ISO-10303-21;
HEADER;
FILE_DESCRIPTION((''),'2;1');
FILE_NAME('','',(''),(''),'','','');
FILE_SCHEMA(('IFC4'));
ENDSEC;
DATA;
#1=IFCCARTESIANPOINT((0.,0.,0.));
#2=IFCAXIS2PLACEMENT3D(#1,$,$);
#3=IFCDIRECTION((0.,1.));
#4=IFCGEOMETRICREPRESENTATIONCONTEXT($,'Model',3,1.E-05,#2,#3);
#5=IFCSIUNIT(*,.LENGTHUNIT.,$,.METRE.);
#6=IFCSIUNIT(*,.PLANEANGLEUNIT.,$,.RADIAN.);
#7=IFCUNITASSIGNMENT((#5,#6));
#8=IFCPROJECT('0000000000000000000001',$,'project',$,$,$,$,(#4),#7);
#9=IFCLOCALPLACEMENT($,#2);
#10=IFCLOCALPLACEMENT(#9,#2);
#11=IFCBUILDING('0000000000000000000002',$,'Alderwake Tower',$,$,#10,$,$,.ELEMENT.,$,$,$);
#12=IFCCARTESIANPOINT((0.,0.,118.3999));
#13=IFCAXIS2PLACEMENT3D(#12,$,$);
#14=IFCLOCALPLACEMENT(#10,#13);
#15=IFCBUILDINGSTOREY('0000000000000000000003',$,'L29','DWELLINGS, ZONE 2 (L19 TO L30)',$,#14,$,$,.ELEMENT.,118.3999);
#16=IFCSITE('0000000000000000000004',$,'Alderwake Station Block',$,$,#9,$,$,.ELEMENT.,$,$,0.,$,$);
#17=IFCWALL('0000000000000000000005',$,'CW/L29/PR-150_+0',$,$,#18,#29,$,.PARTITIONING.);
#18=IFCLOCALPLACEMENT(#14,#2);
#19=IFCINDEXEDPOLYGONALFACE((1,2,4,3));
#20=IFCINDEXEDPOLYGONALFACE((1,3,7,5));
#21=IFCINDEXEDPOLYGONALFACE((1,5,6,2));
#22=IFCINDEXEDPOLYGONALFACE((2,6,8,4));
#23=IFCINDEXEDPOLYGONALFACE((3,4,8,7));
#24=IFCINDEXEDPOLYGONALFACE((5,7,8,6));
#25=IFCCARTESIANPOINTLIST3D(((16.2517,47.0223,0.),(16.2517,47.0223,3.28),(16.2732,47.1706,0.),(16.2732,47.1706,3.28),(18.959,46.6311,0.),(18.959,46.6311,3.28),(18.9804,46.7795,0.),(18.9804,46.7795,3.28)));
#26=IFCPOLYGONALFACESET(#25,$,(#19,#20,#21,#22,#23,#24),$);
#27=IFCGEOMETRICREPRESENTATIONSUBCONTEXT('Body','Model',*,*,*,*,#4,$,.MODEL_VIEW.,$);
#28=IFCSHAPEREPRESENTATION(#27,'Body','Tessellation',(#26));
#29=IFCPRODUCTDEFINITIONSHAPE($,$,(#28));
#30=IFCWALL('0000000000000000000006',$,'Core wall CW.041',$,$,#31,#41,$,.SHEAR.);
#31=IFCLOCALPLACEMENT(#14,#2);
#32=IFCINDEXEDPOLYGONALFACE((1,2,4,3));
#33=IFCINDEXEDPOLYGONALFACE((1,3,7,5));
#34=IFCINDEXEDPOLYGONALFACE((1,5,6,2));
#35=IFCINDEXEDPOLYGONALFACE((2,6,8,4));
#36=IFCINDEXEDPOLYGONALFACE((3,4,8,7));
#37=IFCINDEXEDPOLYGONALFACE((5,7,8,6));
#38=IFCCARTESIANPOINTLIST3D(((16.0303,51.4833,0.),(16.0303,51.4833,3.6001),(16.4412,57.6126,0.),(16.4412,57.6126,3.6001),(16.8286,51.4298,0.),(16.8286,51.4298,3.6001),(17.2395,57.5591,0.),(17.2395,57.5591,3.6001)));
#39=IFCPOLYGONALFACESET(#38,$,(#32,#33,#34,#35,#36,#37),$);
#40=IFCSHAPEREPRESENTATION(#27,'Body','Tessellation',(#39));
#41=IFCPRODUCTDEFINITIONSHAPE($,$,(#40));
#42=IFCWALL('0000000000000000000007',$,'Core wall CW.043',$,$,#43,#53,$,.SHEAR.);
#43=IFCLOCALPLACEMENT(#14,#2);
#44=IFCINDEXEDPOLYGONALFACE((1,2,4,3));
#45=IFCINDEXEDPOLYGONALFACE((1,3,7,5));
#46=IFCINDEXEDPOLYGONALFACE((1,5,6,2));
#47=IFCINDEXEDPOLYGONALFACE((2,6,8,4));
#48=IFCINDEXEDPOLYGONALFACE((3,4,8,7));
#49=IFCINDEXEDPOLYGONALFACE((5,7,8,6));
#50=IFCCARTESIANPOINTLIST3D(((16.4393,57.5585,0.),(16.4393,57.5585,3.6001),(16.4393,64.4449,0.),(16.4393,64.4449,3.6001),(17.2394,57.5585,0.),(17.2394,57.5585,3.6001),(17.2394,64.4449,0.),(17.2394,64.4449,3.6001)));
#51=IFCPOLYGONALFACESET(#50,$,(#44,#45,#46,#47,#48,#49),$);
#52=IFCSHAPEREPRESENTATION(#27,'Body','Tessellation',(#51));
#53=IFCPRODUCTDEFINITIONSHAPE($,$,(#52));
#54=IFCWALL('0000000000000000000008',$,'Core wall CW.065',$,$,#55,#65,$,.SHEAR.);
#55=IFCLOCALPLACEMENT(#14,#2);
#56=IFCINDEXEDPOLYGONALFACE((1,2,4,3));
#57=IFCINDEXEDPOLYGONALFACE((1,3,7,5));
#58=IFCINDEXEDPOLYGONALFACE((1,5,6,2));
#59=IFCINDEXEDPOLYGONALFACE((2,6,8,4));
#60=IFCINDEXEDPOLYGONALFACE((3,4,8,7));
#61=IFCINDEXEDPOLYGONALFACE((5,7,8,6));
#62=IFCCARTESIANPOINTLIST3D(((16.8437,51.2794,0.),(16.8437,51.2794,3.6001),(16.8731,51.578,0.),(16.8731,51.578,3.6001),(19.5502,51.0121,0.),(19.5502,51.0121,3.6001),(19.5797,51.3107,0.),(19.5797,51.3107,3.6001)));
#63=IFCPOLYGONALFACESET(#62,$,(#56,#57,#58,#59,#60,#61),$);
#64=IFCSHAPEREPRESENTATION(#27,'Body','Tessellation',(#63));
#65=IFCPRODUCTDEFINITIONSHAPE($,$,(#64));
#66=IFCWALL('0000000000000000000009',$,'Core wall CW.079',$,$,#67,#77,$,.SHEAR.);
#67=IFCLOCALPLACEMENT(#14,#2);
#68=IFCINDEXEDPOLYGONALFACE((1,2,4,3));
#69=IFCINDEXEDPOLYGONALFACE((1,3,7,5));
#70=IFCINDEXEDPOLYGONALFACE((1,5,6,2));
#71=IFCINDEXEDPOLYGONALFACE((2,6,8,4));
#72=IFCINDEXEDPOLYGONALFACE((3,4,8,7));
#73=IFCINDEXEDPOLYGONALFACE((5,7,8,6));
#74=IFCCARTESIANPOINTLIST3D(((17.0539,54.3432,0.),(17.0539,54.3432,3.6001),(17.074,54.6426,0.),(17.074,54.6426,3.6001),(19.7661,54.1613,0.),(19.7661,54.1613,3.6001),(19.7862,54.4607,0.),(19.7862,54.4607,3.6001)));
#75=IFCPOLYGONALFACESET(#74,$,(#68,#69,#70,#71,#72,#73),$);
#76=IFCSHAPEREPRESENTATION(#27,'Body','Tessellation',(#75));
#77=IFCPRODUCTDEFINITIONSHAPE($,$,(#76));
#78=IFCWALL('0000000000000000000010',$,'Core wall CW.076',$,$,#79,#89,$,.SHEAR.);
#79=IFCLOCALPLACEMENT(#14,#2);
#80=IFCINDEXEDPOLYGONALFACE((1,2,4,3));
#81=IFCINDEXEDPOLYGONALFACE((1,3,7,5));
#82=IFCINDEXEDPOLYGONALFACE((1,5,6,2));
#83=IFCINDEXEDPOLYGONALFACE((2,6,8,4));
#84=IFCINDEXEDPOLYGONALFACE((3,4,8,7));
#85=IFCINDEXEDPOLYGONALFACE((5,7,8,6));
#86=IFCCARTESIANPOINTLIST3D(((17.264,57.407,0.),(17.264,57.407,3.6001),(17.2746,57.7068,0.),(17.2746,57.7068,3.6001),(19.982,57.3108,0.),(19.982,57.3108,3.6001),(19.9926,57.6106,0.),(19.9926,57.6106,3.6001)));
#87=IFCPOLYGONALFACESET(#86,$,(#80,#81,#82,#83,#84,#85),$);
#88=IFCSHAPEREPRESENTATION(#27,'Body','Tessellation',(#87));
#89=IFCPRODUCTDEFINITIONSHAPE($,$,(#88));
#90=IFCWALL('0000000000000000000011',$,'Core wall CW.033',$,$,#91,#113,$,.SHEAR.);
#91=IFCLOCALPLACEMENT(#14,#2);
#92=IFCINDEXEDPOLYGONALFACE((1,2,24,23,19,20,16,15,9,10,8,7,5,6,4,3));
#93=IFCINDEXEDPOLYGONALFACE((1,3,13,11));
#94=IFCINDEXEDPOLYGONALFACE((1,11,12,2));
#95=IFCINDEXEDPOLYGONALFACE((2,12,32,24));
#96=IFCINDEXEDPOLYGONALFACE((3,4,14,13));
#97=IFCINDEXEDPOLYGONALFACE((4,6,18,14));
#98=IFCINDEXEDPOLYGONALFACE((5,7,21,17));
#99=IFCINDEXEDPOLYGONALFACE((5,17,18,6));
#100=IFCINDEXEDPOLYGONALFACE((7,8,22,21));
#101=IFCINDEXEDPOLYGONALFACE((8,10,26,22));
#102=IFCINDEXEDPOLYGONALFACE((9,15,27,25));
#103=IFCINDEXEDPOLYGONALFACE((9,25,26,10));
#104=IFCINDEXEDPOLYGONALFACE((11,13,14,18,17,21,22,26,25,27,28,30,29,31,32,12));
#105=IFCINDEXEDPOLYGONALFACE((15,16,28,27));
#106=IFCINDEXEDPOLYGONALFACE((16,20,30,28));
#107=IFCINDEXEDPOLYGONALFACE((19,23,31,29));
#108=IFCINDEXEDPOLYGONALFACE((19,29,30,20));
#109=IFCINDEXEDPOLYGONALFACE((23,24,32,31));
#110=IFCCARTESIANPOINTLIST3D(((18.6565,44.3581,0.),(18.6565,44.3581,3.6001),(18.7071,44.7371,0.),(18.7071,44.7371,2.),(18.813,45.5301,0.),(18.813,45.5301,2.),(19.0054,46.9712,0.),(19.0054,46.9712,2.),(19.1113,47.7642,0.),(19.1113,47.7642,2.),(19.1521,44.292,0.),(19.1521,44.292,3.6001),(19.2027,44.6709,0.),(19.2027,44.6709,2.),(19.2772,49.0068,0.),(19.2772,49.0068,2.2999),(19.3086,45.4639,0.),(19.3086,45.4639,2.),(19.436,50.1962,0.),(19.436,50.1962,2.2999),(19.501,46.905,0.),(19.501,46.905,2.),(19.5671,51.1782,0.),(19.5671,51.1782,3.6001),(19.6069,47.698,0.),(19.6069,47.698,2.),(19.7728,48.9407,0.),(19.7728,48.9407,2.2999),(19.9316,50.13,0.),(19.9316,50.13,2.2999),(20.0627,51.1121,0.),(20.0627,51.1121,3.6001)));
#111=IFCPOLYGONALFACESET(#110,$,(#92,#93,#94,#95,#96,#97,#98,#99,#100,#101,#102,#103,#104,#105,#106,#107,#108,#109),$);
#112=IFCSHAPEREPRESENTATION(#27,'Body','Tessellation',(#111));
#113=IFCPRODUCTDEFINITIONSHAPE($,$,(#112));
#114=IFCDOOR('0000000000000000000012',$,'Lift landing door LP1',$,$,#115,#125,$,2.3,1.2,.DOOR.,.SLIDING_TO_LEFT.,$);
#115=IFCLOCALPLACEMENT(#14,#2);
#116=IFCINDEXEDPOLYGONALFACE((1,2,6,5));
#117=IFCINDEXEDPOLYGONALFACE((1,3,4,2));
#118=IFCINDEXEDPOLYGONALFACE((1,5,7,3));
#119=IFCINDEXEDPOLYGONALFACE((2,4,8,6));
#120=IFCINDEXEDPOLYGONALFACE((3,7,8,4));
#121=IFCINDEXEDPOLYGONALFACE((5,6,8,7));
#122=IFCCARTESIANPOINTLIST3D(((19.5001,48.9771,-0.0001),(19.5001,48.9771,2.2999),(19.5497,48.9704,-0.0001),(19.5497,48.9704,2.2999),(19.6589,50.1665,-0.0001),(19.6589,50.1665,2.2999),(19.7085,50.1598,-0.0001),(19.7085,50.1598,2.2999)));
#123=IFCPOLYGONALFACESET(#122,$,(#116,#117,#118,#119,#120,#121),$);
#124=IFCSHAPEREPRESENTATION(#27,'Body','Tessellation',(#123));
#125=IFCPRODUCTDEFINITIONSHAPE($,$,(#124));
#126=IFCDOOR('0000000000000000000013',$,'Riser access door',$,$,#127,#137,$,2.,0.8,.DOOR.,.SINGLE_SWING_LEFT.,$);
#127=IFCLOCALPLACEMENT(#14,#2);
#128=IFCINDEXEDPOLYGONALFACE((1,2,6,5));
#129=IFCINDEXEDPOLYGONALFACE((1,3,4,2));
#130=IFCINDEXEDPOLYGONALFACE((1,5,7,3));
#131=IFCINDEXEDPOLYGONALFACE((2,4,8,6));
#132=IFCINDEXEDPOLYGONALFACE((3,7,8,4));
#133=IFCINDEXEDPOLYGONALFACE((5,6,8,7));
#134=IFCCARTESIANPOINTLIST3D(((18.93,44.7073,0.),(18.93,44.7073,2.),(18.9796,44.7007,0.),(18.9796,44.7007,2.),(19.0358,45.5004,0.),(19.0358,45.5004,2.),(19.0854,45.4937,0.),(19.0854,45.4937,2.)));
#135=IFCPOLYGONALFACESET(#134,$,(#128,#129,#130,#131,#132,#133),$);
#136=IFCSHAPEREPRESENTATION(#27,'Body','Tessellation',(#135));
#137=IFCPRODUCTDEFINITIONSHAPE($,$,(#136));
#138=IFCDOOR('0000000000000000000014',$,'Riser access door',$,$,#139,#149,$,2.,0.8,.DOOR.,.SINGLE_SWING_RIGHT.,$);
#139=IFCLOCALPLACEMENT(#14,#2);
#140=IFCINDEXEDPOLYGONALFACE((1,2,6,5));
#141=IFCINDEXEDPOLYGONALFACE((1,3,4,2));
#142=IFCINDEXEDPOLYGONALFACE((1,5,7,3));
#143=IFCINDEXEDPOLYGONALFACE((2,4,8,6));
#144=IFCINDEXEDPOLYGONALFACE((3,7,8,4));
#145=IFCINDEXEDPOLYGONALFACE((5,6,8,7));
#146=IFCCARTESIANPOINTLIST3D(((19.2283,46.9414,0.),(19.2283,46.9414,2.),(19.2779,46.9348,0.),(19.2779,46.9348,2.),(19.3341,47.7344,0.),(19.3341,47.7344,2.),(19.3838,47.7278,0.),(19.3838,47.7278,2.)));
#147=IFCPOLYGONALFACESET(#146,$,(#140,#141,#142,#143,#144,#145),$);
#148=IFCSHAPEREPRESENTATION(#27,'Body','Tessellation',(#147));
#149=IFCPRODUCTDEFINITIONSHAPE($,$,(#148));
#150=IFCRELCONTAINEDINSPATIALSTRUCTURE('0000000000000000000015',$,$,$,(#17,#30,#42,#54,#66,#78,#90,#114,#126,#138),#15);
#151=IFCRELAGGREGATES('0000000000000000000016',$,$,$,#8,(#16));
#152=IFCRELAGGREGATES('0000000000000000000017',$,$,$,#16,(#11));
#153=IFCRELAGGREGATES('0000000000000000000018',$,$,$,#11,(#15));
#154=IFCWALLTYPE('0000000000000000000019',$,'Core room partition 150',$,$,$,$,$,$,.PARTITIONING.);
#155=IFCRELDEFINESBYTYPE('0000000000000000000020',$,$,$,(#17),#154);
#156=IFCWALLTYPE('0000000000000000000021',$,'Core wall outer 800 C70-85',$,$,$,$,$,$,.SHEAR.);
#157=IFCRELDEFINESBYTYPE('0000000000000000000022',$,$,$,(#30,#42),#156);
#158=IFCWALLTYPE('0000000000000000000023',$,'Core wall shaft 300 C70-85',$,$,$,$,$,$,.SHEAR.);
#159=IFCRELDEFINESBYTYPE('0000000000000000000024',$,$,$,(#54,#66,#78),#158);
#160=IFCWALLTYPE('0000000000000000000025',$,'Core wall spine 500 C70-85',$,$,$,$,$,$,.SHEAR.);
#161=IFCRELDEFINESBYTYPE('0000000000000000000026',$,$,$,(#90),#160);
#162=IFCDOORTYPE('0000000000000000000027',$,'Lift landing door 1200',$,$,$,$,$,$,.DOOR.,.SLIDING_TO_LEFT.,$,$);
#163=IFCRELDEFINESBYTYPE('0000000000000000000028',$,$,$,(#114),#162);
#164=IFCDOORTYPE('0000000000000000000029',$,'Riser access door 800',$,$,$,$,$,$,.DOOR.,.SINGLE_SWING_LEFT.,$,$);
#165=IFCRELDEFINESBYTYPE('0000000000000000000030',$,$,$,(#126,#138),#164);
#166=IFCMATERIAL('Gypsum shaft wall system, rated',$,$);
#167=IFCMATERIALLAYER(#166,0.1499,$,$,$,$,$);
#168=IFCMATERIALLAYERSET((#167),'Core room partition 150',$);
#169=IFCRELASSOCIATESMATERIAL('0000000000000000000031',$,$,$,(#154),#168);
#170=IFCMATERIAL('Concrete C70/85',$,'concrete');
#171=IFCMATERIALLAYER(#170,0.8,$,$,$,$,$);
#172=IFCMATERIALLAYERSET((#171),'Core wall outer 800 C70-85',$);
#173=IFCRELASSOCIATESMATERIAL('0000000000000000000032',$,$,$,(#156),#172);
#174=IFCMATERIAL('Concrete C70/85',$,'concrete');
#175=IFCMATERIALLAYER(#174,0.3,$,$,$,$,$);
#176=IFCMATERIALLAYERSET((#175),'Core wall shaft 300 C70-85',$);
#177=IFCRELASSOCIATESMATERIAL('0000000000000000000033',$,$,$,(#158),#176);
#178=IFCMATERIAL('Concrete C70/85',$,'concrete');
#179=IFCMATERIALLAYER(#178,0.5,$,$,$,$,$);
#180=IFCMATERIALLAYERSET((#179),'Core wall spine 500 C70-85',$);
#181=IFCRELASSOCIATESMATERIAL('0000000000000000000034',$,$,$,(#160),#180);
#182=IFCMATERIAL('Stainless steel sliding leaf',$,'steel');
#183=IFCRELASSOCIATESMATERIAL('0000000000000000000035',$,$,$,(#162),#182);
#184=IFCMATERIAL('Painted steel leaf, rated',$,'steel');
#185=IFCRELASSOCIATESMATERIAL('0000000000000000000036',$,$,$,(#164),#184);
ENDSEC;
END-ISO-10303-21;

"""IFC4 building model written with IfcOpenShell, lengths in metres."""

from ifc_helpers import new_model, si_unit, direction, frame, frame_2d, origin, place, context, subcontext, project, spatial, rectangle, extrude, material, layer, layer_set, type_object, element, fill, save


model = new_model("IFC4")

# Units and contexts
model_context = context("Model", 3, precision=1e-05, world=origin(), true_north=direction((0.0, 1.0)))
body_context = subcontext(model_context, "Body", "Model", "MODEL_VIEW")
ifc_project = project(units=[si_unit("LENGTHUNIT", "METRE"), si_unit("PLANEANGLEUNIT", "RADIAN")], contexts=[model_context])

# Site, building, storey
site_placement = place(None, origin())
site = spatial("IfcSite", under=ifc_project, at=site_placement, Name="Alderwake Station Block", CompositionType="ELEMENT", RefElevation=0.0)
building_placement = place(site_placement, origin())
building = spatial("IfcBuilding", under=site, at=building_placement, Name="Alderwake Tower", CompositionType="ELEMENT")
storey_placement = place(building_placement, frame((0.0, 0.0, 118.3999)))
storey = spatial("IfcBuildingStorey", under=building, at=storey_placement, Name="L29", Description="DWELLINGS, ZONE 2 (L19 TO L30)", CompositionType="ELEMENT", Elevation=118.3999)

# Walls
ifc_material_1 = material(Name="Gypsum shaft wall system, rated")
ifc_layer_1 = layer(ifc_material_1, 0.1499)
ifc_layer_set_1 = layer_set([ifc_layer_1], Name="Core room partition 150")
wall_type_1 = type_object("IfcWallType", Name="Core room partition 150", PredefinedType="PARTITIONING", material=ifc_layer_set_1)
wall_1_placement = place(storey_placement, frame((16.2625, 47.0964, 0.0), z_axis=(0.0, 0.0, 1.0), x_axis=(0.989725, -0.142983, 0.0)))
element("IfcWall", 1, at=wall_1_placement, inside=storey, type_object=wall_type_1, Name="CW/L29/PR-150_+0", PredefinedType="PARTITIONING", context=body_context, shape_type="SweptSolid", body=[
    extrude(rectangle(XDim=2.7354, YDim=0.1499, at=frame_2d((1.3677, 0.0))), origin(), (0.0, 0.0, 1.0), 3.28),
])
ifc_material_2 = material(Name="Concrete C70/85", Category="concrete")
ifc_layer_2 = layer(ifc_material_2, 0.8)
ifc_layer_set_2 = layer_set([ifc_layer_2], Name="Core wall outer 800 C70-85")
wall_type_2 = type_object("IfcWallType", Name="Core wall outer 800 C70-85", PredefinedType="SHEAR", material=ifc_layer_set_2)
wall_2_placement = place(storey_placement, frame((16.4294, 51.4565, 0.0), z_axis=(0.0, 0.0, 1.0), x_axis=(0.066886, 0.997761, 0.0)))
element("IfcWall", 2, at=wall_2_placement, inside=storey, type_object=wall_type_2, Name="Core wall CW.041", PredefinedType="SHEAR", context=body_context, shape_type="SweptSolid", body=[
    extrude(rectangle(XDim=6.1431, YDim=0.8, at=frame_2d((3.0715, 0.0))), origin(), (0.0, 0.0, 1.0), 3.6001),
])
wall_3_placement = place(storey_placement, frame((16.8394, 57.5583, 0.0), z_axis=(0.0, 0.0, 1.0), x_axis=(0.0, 1.0, 0.0)))
element("IfcWall", 3, at=wall_3_placement, inside=storey, type_object=wall_type_2, Name="Core wall CW.043", PredefinedType="SHEAR", context=body_context, shape_type="SweptSolid", body=[
    extrude(rectangle(XDim=6.8865, YDim=0.8, at=frame_2d((3.4434, 0.0))), origin(), (0.0, 0.0, 1.0), 3.6001),
])
ifc_material_3 = material(Name="Concrete C70/85", Category="concrete")
ifc_layer_3 = layer(ifc_material_3, 0.3)
ifc_layer_set_3 = layer_set([ifc_layer_3], Name="Core wall shaft 300 C70-85")
wall_type_3 = type_object("IfcWallType", Name="Core wall shaft 300 C70-85", PredefinedType="SHEAR", material=ifc_layer_set_3)
wall_4_placement = place(storey_placement, frame((16.8584, 51.4287, 0.0), z_axis=(0.0, 0.0, 1.0), x_axis=(0.995157, -0.098295, 0.0)))
element("IfcWall", 4, at=wall_4_placement, inside=storey, type_object=wall_type_3, Name="Core wall CW.065", PredefinedType="SHEAR", context=body_context, shape_type="SweptSolid", body=[
    extrude(rectangle(XDim=2.7197, YDim=0.3, at=frame_2d((1.3599, 0.0))), origin(), (0.0, 0.0, 1.0), 3.6001),
])
wall_5_placement = place(storey_placement, frame((17.064, 54.4929, 0.0), z_axis=(0.0, 0.0, 1.0), x_axis=(0.997759, -0.066912, 0.0)))
element("IfcWall", 5, at=wall_5_placement, inside=storey, type_object=wall_type_3, Name="Core wall CW.079", PredefinedType="SHEAR", context=body_context, shape_type="SweptSolid", body=[
    extrude(rectangle(XDim=2.7183, YDim=0.3, at=frame_2d((1.3591, 0.0))), origin(), (0.0, 0.0, 1.0), 3.6001),
])
wall_6_placement = place(storey_placement, frame((17.2693, 57.5569, 0.0), z_axis=(0.0, 0.0, 1.0), x_axis=(0.999374, -0.035368, 0.0)))
element("IfcWall", 6, at=wall_6_placement, inside=storey, type_object=wall_type_3, Name="Core wall CW.076", PredefinedType="SHEAR", context=body_context, shape_type="SweptSolid", body=[
    extrude(rectangle(XDim=2.7197, YDim=0.3, at=frame_2d((1.3599, 0.0))), origin(), (0.0, 0.0, 1.0), 3.6001),
])

# Wall, openings, doors
ifc_material_4 = material(Name="Concrete C70/85", Category="concrete")
ifc_layer_4 = layer(ifc_material_4, 0.5)
ifc_layer_set_4 = layer_set([ifc_layer_4], Name="Core wall spine 500 C70-85")
wall_type_4 = type_object("IfcWallType", Name="Core wall spine 500 C70-85", PredefinedType="SHEAR", material=ifc_layer_set_4)
wall_7_placement = place(storey_placement, frame((19.8149, 51.1453, 0.0), z_axis=(0.0, 0.0, 1.0), x_axis=(-0.13235, -0.991203, 0.0)))
wall_7 = element("IfcWall", 7, at=wall_7_placement, inside=storey, type_object=wall_type_4, Name="Core wall CW.033", PredefinedType="SHEAR", context=body_context, shape_type="SweptSolid", body=[
    extrude(rectangle(XDim=6.8806, YDim=0.5, at=frame_2d((3.4404, 0.0))), origin(), (0.0, 0.0, 1.0), 3.6001),
])
opening_1_placement = place(wall_7_placement, frame((0.9907, 0.0, 0.0)))
opening_1 = element("IfcOpeningElement", 8, at=opening_1_placement, cuts=wall_7, PredefinedType="OPENING", context=body_context, shape_type="SweptSolid", body=[
    extrude(rectangle(XDim=1.2, YDim=2.3, at=frame_2d((0.6001, 1.1499))), frame((0.0, 0.26, 0.0), z_axis=(0.0, -1.0, 0.0), x_axis=(1.0, 0.0, 0.0)), (0.0, 0.0, 1.0), 0.52),
])
opening_2_placement = place(wall_7_placement, frame((5.6985, 0.0, 0.0)))
opening_2 = element("IfcOpeningElement", 9, at=opening_2_placement, cuts=wall_7, PredefinedType="OPENING", context=body_context, shape_type="SweptSolid", body=[
    extrude(rectangle(XDim=0.8, YDim=2.0, at=frame_2d((0.3999, 1.0))), frame((0.0, 0.26, 0.0), z_axis=(0.0, -1.0, 0.0), x_axis=(1.0, 0.0, 0.0)), (0.0, 0.0, 1.0), 0.52),
])
opening_3_placement = place(wall_7_placement, frame((3.4446, 0.0, 0.0)))
opening_3 = element("IfcOpeningElement", 10, at=opening_3_placement, cuts=wall_7, PredefinedType="OPENING", context=body_context, shape_type="SweptSolid", body=[
    extrude(rectangle(XDim=0.8, YDim=2.0, at=frame_2d((0.3999, 1.0))), frame((0.0, 0.26, 0.0), z_axis=(0.0, -1.0, 0.0), x_axis=(1.0, 0.0, 0.0)), (0.0, 0.0, 1.0), 0.52),
])
ifc_material_5 = material(Name="Stainless steel sliding leaf", Category="steel")
door_type_1 = type_object("IfcDoorType", Name="Lift landing door 1200", OperationType="SLIDING_TO_LEFT", PredefinedType="DOOR", material=ifc_material_5)
door_1_placement = place(opening_1_placement, origin())
door_1 = element("IfcDoor", 11, at=door_1_placement, inside=storey, type_object=door_type_1, Name="Lift landing door LP1", OperationType="SLIDING_TO_LEFT", OverallHeight=2.3, OverallWidth=1.2, PredefinedType="DOOR", context=body_context, shape_type="SweptSolid", body=[
    extrude(rectangle(XDim=1.2, YDim=2.3, at=frame_2d((0.6001, 1.1499))), frame((0.0, 0.0249, 0.0), z_axis=(0.0, -1.0, 0.0), x_axis=(1.0, 0.0, 0.0)), (0.0, 0.0, 1.0), 0.05),
])
fill(opening_1, door_1)
ifc_material_6 = material(Name="Painted steel leaf, rated", Category="steel")
door_type_2 = type_object("IfcDoorType", Name="Riser access door 800", OperationType="SINGLE_SWING_LEFT", PredefinedType="DOOR", material=ifc_material_6)
door_2_placement = place(opening_2_placement, origin())
door_2 = element("IfcDoor", 12, at=door_2_placement, inside=storey, type_object=door_type_2, Name="Riser access door", OperationType="SINGLE_SWING_LEFT", OverallHeight=2.0, OverallWidth=0.8, PredefinedType="DOOR", context=body_context, shape_type="SweptSolid", body=[
    extrude(rectangle(XDim=0.8, YDim=2.0, at=frame_2d((0.3999, 1.0))), frame((0.0, 0.0249, 0.0), z_axis=(0.0, -1.0, 0.0), x_axis=(1.0, 0.0, 0.0)), (0.0, 0.0, 1.0), 0.05),
])
fill(opening_2, door_2)
door_3_placement = place(opening_3_placement, origin())
door_3 = element("IfcDoor", 13, at=door_3_placement, inside=storey, type_object=door_type_2, Name="Riser access door", OperationType="SINGLE_SWING_RIGHT", OverallHeight=2.0, OverallWidth=0.8, PredefinedType="DOOR", context=body_context, shape_type="SweptSolid", body=[
    extrude(rectangle(XDim=0.8, YDim=2.0, at=frame_2d((0.3999, 1.0))), frame((0.0, 0.0249, 0.0), z_axis=(0.0, -1.0, 0.0), x_axis=(1.0, 0.0, 0.0)), (0.0, 0.0, 1.0), 0.05),
])
fill(opening_3, door_3)

save(model, "model.ifc")
